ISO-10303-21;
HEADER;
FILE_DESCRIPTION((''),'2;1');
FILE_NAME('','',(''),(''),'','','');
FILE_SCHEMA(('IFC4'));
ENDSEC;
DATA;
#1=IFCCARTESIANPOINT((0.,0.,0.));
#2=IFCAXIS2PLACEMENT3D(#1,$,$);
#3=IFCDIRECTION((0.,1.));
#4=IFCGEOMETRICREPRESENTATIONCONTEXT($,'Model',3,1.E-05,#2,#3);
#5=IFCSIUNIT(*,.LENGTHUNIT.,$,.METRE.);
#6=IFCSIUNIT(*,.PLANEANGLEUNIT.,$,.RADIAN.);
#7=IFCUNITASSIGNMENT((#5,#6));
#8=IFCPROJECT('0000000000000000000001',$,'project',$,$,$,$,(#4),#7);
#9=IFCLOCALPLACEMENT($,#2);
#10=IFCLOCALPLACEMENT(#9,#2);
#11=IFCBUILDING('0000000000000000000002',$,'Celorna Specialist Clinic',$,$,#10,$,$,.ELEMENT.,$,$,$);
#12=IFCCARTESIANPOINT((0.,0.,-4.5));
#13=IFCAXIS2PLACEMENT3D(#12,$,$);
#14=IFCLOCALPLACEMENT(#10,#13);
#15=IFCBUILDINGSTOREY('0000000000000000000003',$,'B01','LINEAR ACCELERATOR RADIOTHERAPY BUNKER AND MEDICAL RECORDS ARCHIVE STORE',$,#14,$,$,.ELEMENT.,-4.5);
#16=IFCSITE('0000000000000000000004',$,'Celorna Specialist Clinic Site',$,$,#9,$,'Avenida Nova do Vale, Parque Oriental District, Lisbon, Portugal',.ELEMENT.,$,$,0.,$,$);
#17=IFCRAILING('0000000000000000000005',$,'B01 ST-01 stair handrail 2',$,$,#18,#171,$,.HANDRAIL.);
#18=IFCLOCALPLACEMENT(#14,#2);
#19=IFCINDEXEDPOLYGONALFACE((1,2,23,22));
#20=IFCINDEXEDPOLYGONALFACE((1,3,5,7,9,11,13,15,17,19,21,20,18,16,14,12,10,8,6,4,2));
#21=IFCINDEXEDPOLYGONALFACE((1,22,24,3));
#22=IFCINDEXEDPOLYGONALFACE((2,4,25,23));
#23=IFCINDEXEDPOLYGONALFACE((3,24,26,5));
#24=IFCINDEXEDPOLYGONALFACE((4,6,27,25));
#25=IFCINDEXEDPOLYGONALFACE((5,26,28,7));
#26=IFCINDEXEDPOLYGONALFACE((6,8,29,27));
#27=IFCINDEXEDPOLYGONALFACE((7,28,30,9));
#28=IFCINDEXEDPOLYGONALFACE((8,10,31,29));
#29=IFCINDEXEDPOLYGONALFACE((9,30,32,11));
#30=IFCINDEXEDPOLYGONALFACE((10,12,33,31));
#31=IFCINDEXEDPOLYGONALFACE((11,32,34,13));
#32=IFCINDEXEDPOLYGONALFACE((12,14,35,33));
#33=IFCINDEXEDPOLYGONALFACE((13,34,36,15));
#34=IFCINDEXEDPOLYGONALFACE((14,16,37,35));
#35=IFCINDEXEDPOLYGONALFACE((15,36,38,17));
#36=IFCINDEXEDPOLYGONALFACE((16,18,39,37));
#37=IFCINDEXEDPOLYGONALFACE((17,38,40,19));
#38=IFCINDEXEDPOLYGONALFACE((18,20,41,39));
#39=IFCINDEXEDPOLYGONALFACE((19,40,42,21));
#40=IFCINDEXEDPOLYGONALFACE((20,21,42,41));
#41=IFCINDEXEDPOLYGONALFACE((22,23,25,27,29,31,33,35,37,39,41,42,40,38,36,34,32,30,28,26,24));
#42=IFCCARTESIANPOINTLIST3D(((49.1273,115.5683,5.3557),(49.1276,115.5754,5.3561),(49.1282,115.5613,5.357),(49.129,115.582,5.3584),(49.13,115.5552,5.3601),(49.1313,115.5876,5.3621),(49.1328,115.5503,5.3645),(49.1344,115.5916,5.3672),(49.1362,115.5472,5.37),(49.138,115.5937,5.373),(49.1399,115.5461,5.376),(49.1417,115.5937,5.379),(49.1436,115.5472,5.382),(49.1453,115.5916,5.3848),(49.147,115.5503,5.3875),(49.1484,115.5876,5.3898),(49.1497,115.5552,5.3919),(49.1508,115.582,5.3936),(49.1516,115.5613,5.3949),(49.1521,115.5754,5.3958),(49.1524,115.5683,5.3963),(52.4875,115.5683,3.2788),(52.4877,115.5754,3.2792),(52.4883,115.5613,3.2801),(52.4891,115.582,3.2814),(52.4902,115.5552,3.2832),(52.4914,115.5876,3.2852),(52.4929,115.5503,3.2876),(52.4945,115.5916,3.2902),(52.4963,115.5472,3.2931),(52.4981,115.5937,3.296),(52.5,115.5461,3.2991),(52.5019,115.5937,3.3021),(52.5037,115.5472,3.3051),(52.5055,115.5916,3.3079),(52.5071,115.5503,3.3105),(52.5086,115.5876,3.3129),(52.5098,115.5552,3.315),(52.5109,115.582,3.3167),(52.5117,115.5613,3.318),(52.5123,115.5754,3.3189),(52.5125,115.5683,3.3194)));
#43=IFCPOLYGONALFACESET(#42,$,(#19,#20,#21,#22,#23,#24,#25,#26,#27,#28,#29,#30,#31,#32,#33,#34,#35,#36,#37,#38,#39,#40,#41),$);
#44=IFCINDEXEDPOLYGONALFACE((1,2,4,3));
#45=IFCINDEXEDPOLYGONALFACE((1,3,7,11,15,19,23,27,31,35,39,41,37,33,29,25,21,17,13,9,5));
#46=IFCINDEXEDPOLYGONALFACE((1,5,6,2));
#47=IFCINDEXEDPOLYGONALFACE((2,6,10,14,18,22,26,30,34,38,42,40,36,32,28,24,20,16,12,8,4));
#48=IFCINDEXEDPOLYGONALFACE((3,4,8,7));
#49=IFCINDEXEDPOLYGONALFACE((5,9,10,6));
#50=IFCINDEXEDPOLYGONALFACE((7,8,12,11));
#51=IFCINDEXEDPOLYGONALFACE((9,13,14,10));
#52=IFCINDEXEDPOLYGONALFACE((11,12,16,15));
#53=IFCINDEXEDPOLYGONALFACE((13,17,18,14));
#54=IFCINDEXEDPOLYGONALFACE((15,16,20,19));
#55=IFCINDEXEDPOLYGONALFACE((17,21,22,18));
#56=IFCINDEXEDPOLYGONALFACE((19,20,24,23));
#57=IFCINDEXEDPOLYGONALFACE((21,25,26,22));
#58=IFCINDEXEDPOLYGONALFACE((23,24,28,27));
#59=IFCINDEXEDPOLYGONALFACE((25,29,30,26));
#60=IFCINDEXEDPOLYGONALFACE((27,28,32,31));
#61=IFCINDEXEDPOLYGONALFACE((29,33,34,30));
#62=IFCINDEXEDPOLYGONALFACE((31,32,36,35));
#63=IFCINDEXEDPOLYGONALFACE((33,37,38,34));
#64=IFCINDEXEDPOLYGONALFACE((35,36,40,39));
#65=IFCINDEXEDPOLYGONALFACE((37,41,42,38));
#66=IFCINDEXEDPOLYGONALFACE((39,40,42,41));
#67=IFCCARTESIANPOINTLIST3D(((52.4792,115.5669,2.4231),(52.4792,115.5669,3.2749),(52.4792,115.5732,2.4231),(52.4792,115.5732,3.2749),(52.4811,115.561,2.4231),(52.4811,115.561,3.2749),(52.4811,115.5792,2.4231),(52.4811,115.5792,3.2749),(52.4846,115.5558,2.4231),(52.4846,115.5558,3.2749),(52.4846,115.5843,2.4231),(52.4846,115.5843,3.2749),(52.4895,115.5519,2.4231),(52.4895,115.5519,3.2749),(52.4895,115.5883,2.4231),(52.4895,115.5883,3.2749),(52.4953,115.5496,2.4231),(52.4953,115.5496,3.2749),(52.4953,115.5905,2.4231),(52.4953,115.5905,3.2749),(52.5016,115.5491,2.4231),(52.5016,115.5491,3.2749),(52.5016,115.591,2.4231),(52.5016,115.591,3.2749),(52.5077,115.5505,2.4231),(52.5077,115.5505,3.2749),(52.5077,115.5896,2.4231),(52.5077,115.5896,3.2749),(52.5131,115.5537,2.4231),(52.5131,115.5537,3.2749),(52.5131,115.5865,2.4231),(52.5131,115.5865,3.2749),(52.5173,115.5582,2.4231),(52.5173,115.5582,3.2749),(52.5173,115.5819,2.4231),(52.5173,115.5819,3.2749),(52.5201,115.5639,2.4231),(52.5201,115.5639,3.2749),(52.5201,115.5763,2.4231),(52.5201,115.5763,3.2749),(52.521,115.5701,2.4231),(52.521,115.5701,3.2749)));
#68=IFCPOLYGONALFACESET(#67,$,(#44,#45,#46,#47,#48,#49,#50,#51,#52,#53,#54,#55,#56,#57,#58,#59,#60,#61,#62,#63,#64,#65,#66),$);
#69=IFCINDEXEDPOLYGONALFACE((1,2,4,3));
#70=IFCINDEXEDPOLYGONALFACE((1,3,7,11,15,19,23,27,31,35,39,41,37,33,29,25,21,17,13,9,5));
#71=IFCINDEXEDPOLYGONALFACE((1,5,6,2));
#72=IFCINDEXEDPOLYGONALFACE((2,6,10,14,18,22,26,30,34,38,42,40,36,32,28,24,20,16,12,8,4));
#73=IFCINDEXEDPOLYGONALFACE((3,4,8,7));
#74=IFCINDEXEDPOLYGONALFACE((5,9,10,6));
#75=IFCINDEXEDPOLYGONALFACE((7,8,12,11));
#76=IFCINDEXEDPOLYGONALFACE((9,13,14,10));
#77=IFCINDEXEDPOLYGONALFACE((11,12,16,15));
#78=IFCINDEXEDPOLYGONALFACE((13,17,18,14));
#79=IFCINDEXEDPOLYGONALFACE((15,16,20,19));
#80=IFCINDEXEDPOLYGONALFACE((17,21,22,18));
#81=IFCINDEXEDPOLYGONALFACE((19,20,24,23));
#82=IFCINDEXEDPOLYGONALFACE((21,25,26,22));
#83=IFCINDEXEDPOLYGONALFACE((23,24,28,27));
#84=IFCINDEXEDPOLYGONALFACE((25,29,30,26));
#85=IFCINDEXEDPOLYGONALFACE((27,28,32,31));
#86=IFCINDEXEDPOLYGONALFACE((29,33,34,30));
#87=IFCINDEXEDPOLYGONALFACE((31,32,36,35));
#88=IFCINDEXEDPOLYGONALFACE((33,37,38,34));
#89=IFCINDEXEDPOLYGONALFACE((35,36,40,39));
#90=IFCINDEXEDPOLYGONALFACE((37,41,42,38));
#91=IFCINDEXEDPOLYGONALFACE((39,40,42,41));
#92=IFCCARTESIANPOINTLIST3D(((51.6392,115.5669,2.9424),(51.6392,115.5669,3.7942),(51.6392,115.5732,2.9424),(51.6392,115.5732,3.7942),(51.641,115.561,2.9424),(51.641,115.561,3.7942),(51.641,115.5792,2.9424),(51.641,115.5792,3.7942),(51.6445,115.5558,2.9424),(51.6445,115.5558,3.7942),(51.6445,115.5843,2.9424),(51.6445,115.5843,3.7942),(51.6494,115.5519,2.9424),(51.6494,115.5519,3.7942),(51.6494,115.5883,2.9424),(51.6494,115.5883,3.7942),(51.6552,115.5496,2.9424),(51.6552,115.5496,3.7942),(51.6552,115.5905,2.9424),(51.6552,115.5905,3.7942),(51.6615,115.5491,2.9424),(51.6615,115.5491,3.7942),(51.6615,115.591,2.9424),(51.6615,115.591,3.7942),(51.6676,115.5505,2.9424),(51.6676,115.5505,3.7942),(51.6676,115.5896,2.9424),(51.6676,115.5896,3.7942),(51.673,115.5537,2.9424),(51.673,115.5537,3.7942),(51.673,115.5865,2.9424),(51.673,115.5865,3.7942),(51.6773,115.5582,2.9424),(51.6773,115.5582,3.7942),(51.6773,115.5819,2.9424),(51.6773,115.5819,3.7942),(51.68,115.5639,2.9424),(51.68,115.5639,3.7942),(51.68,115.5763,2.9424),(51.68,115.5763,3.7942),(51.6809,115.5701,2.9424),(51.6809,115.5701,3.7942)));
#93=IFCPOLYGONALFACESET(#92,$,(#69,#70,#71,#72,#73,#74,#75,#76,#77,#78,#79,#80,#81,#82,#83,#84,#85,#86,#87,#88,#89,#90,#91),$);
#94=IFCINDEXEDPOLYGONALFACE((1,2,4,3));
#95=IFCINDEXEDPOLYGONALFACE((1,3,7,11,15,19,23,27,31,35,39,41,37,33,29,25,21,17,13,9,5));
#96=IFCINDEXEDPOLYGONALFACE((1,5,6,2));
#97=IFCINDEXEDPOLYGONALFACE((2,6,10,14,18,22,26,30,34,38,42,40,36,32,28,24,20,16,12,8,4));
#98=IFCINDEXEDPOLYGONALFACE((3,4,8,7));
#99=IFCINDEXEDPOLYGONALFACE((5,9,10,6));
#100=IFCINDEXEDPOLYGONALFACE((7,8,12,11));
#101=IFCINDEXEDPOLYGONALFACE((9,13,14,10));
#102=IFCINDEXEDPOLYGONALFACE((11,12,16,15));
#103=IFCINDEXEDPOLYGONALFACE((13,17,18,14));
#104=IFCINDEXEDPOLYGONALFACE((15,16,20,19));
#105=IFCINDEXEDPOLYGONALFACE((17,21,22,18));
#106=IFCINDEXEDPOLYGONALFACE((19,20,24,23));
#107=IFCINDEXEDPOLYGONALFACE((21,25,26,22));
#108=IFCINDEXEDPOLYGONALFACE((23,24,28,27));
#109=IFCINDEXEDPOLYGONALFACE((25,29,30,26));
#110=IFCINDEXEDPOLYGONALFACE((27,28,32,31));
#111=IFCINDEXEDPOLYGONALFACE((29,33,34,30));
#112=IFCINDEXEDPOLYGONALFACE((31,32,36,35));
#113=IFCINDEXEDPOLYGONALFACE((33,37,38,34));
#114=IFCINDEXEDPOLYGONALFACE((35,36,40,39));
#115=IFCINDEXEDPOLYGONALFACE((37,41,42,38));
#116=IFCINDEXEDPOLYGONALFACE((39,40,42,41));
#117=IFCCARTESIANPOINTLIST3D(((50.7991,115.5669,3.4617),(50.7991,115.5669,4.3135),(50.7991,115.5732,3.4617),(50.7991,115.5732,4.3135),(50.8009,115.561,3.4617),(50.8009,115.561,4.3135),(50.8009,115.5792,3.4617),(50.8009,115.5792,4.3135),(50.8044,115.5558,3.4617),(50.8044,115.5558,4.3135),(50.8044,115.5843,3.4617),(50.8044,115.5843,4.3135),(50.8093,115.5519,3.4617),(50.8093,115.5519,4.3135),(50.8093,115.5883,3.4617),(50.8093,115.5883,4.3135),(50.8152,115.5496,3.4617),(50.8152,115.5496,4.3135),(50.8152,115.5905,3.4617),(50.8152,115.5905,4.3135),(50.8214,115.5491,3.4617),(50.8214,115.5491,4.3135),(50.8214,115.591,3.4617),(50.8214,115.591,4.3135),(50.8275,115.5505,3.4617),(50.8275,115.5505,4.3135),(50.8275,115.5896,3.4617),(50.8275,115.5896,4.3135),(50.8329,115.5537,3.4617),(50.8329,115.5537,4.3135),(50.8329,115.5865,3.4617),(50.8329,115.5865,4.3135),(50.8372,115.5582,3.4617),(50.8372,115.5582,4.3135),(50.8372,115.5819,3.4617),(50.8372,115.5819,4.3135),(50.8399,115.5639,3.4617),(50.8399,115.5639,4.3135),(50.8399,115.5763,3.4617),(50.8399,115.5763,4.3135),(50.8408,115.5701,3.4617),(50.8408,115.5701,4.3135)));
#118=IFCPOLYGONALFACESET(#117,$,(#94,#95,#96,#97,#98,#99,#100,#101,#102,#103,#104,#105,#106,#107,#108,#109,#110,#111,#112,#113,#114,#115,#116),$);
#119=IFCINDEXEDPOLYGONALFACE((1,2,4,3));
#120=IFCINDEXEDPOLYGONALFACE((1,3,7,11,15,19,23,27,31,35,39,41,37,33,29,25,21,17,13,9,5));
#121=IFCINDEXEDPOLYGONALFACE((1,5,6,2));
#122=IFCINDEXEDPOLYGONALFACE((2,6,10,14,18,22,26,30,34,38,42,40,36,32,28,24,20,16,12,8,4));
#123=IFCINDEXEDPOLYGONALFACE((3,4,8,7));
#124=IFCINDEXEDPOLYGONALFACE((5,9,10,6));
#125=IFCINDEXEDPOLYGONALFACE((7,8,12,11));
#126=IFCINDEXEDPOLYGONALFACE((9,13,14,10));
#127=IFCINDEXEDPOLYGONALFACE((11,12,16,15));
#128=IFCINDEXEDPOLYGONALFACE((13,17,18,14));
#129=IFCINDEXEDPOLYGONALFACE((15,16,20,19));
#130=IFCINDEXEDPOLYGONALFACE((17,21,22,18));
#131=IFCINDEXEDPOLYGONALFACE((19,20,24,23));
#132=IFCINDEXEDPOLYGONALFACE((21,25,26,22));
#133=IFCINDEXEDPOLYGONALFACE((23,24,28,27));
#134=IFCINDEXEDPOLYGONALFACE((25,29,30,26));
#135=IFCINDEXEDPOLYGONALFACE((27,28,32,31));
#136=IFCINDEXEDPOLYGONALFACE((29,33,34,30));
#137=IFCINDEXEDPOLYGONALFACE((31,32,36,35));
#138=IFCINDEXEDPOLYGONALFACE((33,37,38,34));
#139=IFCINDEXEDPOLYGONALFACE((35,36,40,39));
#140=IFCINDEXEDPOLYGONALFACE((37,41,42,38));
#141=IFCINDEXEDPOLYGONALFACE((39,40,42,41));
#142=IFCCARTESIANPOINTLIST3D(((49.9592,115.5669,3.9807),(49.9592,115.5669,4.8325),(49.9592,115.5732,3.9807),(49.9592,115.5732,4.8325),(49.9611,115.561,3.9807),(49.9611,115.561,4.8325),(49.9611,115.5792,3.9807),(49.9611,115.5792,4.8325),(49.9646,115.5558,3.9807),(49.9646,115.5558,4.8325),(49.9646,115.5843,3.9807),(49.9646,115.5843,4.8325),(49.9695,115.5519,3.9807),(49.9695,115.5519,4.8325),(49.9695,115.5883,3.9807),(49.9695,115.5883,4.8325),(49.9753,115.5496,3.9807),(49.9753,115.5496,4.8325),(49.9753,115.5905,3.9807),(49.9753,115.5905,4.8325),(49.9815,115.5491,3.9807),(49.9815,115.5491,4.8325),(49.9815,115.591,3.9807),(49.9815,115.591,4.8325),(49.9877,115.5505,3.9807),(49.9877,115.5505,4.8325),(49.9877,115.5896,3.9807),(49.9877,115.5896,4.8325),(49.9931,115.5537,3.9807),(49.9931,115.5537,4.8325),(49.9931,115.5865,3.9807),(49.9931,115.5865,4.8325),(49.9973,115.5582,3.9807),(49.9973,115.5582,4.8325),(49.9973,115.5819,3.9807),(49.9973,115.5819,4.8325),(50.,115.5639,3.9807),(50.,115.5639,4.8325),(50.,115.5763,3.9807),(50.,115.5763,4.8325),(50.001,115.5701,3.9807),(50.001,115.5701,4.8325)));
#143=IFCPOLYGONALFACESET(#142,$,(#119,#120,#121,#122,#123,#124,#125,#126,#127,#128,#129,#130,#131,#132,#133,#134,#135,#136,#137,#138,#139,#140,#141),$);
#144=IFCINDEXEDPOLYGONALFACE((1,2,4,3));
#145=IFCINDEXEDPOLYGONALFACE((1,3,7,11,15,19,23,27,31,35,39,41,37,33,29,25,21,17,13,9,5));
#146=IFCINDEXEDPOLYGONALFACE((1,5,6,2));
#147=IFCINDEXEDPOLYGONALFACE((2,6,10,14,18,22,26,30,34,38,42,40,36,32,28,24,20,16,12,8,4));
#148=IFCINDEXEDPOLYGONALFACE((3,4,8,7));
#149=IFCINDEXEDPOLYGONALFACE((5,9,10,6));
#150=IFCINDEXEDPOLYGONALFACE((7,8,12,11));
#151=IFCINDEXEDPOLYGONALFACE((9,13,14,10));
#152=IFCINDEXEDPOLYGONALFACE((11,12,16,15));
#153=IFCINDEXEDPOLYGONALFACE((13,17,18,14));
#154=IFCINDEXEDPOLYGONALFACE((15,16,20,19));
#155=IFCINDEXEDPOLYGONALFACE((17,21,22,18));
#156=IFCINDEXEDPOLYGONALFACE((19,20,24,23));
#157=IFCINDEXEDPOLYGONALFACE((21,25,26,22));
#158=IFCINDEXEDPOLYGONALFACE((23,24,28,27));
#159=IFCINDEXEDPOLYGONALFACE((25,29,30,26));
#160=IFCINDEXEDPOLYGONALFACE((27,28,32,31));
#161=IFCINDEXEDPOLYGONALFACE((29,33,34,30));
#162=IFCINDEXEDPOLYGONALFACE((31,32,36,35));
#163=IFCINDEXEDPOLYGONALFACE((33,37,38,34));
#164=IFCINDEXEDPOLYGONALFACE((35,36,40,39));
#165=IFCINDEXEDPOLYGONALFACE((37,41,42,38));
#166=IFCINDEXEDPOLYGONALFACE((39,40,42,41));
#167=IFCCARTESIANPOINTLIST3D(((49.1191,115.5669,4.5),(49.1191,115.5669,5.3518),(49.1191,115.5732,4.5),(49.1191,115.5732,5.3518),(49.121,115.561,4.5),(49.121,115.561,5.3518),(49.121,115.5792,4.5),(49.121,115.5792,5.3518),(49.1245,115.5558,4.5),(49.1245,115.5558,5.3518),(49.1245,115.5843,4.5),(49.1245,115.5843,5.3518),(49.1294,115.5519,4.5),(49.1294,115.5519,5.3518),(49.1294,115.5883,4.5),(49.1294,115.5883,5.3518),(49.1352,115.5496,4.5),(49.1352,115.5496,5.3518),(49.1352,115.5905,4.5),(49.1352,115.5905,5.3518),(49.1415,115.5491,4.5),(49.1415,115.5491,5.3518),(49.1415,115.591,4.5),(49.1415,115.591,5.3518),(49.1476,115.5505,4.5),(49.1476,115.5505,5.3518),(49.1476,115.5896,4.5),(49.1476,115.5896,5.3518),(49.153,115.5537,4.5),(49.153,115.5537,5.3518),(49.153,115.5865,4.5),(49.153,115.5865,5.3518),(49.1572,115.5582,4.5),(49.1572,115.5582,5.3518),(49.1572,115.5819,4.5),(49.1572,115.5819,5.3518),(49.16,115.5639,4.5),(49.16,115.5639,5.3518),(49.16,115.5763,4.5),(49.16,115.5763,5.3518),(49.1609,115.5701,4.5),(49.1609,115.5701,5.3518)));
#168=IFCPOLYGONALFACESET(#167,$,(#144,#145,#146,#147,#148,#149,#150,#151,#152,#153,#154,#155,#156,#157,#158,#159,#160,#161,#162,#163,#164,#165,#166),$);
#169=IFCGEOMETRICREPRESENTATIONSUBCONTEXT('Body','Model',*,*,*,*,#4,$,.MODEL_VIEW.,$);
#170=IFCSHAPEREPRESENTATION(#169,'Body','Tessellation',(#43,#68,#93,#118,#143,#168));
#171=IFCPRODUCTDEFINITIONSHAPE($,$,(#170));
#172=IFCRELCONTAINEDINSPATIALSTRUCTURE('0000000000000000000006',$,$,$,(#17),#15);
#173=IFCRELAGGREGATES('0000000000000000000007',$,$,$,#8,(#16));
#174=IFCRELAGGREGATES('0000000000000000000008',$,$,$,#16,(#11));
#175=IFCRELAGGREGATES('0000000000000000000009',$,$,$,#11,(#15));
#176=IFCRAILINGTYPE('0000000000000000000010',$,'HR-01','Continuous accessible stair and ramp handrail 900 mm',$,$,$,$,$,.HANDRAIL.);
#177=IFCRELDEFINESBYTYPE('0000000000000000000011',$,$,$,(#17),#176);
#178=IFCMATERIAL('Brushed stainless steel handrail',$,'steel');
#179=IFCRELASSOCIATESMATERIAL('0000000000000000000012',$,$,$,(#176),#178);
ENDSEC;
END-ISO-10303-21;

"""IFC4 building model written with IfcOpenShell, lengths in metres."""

from ifc_helpers import new_model, si_unit, direction, frame, origin, origin_2d, place, context, subcontext, project, spatial, circle, extrude, material, type_object, element, save


model = new_model("IFC4")

# Units and contexts
model_context = context("Model", 3, precision=1e-05, world=origin(), true_north=direction((0.0, 1.0)))
body_context = subcontext(model_context, "Body", "Model", "MODEL_VIEW")
ifc_project = project(units=[si_unit("LENGTHUNIT", "METRE"), si_unit("PLANEANGLEUNIT", "RADIAN")], contexts=[model_context])

# Site, building, storey
site_placement = place(None, origin())
site = spatial("IfcSite", under=ifc_project, at=site_placement, Name="Celorna Specialist Clinic Site", LongName="Avenida Nova do Vale, Parque Oriental District, Lisbon, Portugal", CompositionType="ELEMENT", RefElevation=0.0)
building_placement = place(site_placement, origin())
building = spatial("IfcBuilding", under=site, at=building_placement, Name="Celorna Specialist Clinic", CompositionType="ELEMENT")
storey_placement = place(building_placement, frame((0.0, 0.0, -4.5)))
storey = spatial("IfcBuildingStorey", under=building, at=storey_placement, Name="B01", Description="LINEAR ACCELERATOR RADIOTHERAPY BUNKER AND MEDICAL RECORDS ARCHIVE STORE", CompositionType="ELEMENT", Elevation=-4.5)

# Railing
ifc_material_1 = material(Name="Brushed stainless steel handrail", Category="steel")
railing_type_1 = type_object("IfcRailingType", Name="HR-01", Description="Continuous accessible stair and ramp handrail 900 mm", PredefinedType="HANDRAIL", material=ifc_material_1)
railing_1_placement = place(storey_placement, frame((52.5, 115.5701, 2.4231)))
element("IfcRailing", 1, at=railing_1_placement, inside=storey, type_object=railing_type_1, Name="B01 ST-01 stair handrail 2", PredefinedType="HANDRAIL", context=body_context, shape_type="SweptSolid", body=[
    extrude(circle(Radius=0.0239, at=origin_2d()), frame((0.0, 0.0, 0.876), z_axis=(-0.850623, 0.0, 0.525776), x_axis=(0.0, -1.0, 0.0)), (0.0, 0.0, 1.0), 3.9502),
    extrude(circle(Radius=0.021, at=origin_2d()), origin(), (0.0, 0.0, 1.0), 0.8518),
    extrude(circle(Radius=0.021, at=origin_2d()), frame((-0.8401, 0.0, 0.5193)), (0.0, 0.0, 1.0), 0.8518),
    extrude(circle(Radius=0.021, at=origin_2d()), frame((-1.6802, 0.0, 1.0386)), (0.0, 0.0, 1.0), 0.8518),
    extrude(circle(Radius=0.021, at=origin_2d()), frame((-2.52, 0.0, 1.5576)), (0.0, 0.0, 1.0), 0.8518),
    extrude(circle(Radius=0.021, at=origin_2d()), frame((-3.3601, 0.0, 2.0769)), (0.0, 0.0, 1.0), 0.8518),
])

save(model, "model.ifc")
